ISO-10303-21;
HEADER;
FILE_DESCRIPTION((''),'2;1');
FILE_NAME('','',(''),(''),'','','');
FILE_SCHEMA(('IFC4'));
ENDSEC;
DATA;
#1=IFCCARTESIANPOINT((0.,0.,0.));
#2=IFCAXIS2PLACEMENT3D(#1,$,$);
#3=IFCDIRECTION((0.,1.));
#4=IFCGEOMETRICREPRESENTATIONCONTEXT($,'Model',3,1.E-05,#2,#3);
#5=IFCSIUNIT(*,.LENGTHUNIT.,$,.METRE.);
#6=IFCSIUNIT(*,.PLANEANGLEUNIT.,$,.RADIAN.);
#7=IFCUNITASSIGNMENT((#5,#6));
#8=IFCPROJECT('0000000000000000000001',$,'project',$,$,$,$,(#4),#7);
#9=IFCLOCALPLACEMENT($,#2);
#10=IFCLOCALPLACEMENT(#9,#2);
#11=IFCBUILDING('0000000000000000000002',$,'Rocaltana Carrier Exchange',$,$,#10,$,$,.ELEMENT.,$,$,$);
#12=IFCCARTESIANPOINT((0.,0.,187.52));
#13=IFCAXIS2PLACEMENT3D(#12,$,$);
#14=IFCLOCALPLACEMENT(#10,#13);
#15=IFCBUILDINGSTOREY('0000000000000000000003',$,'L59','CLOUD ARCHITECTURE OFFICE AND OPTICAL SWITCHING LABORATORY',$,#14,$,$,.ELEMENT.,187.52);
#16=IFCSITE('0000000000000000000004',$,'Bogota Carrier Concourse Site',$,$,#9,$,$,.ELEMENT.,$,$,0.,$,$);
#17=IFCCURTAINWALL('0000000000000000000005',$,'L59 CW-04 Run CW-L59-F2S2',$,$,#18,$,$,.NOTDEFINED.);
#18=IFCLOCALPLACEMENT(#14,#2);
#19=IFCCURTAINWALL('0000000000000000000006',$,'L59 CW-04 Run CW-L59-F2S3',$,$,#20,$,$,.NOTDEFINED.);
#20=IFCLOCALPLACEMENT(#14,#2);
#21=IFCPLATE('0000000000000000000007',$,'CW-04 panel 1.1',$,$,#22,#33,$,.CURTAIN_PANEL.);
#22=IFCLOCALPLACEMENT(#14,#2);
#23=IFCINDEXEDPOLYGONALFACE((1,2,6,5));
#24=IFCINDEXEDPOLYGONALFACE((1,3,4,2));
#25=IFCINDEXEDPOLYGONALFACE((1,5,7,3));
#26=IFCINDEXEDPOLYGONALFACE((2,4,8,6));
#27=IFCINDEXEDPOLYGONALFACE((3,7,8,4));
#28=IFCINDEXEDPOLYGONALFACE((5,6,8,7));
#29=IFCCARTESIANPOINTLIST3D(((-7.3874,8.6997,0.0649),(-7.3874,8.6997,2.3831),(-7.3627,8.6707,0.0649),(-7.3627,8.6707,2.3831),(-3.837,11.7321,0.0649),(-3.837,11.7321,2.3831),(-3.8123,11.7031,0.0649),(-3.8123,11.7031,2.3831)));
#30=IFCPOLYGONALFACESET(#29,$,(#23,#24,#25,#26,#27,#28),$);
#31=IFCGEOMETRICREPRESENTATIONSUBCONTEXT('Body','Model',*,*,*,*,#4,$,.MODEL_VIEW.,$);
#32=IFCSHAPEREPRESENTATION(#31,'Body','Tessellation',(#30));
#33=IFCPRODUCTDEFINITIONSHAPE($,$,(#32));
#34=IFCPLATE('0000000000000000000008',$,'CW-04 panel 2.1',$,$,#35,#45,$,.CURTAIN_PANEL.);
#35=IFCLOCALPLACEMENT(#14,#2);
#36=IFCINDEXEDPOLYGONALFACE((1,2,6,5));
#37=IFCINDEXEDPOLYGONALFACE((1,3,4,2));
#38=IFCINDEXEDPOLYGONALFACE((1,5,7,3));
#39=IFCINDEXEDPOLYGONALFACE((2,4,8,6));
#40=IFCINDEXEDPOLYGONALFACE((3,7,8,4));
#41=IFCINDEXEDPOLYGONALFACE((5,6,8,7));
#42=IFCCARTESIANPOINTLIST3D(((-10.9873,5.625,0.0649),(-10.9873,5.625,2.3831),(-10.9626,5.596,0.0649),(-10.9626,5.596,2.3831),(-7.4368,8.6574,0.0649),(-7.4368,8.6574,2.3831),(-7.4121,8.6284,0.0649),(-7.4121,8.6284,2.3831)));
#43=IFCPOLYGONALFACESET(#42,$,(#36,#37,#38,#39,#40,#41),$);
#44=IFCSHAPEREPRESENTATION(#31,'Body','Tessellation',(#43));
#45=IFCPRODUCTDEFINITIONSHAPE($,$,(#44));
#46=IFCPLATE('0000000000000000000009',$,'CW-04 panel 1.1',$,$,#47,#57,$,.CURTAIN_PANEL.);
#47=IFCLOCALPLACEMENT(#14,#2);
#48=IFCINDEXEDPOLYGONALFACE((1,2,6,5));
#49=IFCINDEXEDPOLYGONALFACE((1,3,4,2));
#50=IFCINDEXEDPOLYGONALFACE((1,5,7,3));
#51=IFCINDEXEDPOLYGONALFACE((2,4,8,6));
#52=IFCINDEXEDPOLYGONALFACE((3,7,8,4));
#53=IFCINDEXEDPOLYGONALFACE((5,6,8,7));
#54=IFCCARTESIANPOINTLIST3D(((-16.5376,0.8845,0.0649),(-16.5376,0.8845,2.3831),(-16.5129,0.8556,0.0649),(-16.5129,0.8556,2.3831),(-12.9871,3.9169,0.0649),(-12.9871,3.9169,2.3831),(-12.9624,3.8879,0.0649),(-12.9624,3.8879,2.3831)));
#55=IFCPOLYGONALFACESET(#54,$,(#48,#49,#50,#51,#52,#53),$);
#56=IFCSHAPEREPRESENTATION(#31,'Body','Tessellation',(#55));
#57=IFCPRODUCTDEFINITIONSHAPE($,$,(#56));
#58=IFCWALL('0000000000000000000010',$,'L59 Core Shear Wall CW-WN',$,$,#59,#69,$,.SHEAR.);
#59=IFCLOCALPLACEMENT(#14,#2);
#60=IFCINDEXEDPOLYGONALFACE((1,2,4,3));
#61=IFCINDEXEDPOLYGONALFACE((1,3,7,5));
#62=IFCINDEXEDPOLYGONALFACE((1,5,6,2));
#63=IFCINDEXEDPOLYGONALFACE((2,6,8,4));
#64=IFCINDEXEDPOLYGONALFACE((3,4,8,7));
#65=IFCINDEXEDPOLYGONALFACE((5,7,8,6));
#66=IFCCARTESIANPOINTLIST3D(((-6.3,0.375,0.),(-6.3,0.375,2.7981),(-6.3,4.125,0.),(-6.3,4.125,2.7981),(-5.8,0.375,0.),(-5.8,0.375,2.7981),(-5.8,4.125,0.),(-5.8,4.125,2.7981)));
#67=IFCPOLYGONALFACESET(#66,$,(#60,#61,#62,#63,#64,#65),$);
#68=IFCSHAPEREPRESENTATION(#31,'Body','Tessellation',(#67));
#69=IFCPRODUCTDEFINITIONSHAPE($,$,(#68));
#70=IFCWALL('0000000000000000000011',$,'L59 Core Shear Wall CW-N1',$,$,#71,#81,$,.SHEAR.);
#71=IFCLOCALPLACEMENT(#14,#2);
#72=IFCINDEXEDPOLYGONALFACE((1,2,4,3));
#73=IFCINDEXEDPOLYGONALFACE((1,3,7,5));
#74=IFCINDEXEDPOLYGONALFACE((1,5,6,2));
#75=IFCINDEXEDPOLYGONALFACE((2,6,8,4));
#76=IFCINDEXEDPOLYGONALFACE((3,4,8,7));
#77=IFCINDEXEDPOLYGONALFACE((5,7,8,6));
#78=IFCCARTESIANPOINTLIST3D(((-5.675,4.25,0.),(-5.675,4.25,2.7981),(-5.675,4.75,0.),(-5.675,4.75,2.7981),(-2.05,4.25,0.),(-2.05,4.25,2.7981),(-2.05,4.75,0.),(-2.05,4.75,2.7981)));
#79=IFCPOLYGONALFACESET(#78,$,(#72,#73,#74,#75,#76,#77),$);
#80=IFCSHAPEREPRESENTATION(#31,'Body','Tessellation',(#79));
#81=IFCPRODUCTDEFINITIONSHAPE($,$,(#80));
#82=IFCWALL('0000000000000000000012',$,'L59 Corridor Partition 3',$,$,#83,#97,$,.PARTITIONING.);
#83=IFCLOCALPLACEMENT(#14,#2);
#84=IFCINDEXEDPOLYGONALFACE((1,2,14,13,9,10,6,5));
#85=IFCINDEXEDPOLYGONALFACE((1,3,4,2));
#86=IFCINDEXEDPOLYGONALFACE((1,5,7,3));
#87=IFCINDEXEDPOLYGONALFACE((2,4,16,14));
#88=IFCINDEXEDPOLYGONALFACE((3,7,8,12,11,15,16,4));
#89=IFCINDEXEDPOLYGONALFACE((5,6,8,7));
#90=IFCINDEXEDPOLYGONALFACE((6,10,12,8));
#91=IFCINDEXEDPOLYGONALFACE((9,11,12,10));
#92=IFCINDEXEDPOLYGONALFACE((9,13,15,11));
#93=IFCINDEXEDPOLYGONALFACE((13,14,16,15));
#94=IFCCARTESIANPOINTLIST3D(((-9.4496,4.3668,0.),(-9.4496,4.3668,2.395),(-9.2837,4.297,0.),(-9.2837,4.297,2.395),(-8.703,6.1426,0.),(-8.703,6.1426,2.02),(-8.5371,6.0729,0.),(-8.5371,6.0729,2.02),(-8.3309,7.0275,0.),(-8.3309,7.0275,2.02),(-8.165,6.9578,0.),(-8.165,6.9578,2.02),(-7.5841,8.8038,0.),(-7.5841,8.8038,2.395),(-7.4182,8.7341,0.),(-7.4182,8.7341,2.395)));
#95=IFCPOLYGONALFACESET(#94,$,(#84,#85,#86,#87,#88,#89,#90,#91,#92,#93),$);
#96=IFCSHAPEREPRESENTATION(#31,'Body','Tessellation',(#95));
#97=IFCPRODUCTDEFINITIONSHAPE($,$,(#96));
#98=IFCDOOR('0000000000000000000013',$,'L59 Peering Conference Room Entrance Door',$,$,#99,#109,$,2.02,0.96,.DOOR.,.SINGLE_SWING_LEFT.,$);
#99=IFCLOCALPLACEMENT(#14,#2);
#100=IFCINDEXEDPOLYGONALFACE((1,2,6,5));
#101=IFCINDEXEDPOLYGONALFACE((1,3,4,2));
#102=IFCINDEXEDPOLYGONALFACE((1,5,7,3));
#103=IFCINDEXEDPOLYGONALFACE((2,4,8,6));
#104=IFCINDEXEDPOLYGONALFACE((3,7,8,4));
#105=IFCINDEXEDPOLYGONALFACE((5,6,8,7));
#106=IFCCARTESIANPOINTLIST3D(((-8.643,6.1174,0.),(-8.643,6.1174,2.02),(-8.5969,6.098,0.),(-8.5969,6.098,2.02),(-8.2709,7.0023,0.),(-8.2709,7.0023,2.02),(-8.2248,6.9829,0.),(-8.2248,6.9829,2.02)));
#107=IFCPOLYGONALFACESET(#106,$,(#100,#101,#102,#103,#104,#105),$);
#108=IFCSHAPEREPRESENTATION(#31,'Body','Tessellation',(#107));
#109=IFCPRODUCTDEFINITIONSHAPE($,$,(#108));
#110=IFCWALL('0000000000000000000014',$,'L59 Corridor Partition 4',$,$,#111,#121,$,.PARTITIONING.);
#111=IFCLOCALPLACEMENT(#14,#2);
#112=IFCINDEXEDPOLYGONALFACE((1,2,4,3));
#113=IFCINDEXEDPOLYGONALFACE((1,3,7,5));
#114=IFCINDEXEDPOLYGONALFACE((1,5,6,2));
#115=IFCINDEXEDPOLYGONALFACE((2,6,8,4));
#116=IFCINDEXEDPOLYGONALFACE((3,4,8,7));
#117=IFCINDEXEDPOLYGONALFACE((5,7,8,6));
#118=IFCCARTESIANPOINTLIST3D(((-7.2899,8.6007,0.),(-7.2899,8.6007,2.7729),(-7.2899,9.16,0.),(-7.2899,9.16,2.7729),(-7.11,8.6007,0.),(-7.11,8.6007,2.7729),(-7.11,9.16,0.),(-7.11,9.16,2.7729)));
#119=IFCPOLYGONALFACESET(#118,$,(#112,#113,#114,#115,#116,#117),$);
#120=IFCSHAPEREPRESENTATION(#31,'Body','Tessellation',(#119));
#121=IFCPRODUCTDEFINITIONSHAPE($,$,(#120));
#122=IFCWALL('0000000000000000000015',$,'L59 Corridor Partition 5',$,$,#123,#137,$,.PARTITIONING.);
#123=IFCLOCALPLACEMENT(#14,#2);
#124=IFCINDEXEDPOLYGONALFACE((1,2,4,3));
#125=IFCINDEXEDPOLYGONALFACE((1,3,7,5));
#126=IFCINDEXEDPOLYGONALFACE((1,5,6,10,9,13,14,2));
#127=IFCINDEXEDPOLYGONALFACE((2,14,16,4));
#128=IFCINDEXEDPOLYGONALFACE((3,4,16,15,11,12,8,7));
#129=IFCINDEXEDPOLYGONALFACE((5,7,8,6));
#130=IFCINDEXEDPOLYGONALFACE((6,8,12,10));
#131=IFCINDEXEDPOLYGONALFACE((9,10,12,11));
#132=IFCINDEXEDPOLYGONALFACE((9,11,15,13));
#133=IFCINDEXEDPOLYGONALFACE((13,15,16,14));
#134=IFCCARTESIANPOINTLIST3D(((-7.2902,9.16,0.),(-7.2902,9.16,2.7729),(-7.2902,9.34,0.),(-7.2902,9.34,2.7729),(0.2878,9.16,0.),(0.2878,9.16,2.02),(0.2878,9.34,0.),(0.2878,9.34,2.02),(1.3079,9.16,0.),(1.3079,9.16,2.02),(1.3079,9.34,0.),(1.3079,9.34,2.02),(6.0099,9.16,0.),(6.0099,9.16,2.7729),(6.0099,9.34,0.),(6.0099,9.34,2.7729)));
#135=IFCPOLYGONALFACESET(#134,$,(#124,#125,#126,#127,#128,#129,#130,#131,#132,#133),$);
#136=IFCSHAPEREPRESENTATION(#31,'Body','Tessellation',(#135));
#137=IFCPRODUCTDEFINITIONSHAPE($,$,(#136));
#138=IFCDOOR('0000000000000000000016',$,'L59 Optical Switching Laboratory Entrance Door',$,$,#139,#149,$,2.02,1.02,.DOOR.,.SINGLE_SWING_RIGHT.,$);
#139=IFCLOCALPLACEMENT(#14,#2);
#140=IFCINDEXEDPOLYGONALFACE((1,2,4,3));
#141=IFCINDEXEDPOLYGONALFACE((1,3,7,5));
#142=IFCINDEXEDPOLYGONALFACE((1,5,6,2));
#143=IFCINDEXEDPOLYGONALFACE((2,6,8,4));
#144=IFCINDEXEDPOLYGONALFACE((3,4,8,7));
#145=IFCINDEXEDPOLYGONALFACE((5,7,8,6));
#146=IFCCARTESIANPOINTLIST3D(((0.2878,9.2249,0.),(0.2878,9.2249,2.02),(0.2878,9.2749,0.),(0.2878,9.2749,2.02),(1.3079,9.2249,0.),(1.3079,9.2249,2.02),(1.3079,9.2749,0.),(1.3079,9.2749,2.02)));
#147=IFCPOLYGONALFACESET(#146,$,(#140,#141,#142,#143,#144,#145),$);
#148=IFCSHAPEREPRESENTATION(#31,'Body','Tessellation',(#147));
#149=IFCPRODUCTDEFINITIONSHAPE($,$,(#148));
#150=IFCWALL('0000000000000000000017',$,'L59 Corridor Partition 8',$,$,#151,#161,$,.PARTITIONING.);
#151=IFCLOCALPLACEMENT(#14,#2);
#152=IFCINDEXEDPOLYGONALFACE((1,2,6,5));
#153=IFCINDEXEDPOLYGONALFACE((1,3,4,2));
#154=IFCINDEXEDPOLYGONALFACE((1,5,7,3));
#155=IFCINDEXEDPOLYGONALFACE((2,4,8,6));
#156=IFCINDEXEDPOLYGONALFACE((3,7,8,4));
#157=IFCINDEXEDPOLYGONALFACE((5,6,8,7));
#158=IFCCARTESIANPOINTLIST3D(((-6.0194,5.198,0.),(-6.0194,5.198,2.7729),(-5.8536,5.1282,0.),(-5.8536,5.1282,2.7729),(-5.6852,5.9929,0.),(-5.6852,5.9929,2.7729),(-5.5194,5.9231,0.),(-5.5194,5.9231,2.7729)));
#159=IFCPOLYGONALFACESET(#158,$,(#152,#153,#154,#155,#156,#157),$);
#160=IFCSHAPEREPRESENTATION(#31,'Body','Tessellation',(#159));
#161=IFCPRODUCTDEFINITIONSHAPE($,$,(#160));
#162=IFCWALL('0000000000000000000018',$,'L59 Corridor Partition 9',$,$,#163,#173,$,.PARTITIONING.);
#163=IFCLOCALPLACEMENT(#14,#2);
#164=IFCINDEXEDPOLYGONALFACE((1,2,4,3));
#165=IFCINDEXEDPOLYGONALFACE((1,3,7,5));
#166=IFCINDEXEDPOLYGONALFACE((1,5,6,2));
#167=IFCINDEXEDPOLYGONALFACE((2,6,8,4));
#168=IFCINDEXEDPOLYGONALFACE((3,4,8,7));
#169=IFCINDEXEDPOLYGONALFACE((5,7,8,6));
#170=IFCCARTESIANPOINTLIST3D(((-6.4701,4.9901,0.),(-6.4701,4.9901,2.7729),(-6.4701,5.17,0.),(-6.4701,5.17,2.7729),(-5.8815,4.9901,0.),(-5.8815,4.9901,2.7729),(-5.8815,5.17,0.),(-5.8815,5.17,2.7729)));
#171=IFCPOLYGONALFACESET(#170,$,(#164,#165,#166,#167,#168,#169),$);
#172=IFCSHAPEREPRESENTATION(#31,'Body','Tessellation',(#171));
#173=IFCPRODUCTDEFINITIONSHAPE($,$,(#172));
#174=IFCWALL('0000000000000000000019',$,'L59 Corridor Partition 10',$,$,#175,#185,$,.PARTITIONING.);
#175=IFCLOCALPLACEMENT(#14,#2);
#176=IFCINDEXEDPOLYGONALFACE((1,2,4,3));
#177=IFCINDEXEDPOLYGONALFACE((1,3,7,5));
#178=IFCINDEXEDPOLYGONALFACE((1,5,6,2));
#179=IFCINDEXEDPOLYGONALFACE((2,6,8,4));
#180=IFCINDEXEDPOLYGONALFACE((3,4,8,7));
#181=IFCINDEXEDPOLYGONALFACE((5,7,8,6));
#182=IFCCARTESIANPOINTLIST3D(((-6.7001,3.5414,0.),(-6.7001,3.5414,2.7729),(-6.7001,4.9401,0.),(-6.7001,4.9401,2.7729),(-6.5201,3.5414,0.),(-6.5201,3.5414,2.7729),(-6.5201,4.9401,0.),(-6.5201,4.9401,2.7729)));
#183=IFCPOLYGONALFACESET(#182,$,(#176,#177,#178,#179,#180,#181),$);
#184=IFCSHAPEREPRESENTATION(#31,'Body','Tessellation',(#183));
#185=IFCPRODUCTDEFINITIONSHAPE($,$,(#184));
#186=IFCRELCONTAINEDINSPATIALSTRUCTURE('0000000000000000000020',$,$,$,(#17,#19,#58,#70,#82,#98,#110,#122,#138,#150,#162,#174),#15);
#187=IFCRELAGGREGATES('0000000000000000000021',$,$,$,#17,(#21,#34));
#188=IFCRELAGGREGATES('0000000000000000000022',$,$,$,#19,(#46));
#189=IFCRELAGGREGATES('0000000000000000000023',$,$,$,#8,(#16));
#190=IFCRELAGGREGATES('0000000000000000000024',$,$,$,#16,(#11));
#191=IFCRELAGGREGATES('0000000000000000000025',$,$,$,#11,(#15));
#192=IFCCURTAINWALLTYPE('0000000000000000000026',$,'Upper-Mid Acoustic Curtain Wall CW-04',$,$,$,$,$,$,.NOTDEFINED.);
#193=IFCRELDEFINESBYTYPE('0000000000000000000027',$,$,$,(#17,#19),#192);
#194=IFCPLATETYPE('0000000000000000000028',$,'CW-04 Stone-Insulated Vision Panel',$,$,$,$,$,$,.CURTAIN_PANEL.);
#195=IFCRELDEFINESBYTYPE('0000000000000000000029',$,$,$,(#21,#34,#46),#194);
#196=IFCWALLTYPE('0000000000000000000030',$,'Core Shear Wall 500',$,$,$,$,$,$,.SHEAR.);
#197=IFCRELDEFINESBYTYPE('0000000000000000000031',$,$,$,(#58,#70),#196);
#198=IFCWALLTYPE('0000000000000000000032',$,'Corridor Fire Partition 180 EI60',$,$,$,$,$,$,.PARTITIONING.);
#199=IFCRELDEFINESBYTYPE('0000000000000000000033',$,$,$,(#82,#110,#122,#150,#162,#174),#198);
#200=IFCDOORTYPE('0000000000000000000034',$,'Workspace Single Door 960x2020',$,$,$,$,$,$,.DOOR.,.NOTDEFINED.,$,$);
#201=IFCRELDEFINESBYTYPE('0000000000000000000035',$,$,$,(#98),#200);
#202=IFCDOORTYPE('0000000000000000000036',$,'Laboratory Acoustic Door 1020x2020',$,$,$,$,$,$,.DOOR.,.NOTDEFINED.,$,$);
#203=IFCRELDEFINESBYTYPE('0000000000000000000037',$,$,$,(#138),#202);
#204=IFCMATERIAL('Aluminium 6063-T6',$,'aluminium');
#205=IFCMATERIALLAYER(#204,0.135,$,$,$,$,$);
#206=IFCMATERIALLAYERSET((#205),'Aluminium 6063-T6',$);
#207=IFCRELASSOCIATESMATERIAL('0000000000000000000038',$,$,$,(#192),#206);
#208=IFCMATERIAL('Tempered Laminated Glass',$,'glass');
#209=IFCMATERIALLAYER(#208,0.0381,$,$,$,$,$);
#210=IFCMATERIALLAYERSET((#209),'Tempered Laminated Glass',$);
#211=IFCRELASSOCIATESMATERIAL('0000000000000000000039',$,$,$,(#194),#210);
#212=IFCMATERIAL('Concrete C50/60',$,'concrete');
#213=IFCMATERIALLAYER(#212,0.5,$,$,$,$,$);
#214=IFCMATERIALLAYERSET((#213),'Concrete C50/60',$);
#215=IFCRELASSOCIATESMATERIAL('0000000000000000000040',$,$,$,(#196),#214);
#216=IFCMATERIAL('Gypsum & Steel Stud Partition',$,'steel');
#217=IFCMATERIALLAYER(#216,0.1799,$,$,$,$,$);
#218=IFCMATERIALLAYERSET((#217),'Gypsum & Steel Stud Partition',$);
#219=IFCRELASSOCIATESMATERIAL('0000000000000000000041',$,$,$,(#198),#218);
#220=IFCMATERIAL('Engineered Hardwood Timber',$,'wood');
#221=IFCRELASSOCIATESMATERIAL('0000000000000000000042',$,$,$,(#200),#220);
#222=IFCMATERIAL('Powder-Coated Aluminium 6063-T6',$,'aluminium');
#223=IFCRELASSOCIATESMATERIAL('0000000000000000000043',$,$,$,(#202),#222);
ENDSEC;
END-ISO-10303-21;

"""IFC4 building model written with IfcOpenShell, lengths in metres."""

from ifc_helpers import new_model, si_unit, direction, frame, frame_2d, origin, origin_2d, place, context, subcontext, project, spatial, rectangle, extrude, material, layer, layer_set, type_object, element, fill, aggregate, save


model = new_model("IFC4")

# Units and contexts
model_context = context("Model", 3, precision=1e-05, world=origin(), true_north=direction((0.0, 1.0)))
body_context = subcontext(model_context, "Body", "Model", "MODEL_VIEW")
ifc_project = project(units=[si_unit("LENGTHUNIT", "METRE"), si_unit("PLANEANGLEUNIT", "RADIAN")], contexts=[model_context])

# Site, building, storey
site_placement = place(None, origin())
site = spatial("IfcSite", under=ifc_project, at=site_placement, Name="Bogota Carrier Concourse Site", CompositionType="ELEMENT", RefElevation=0.0)
building_placement = place(site_placement, origin())
building = spatial("IfcBuilding", under=site, at=building_placement, Name="Rocaltana Carrier Exchange", CompositionType="ELEMENT")
storey_placement = place(building_placement, frame((0.0, 0.0, 187.52)))
storey = spatial("IfcBuildingStorey", under=building, at=storey_placement, Name="L59", Description="CLOUD ARCHITECTURE OFFICE AND OPTICAL SWITCHING LABORATORY", CompositionType="ELEMENT", Elevation=187.52)

# Curtain walls
ifc_material_1 = material(Name="Aluminium 6063-T6", Category="aluminium")
ifc_layer_1 = layer(ifc_material_1, 0.135)
ifc_layer_set_1 = layer_set([ifc_layer_1], Name="Aluminium 6063-T6")
curtain_wall_type = type_object("IfcCurtainWallType", Name="Upper-Mid Acoustic Curtain Wall CW-04", PredefinedType="NOTDEFINED", material=ifc_layer_set_1)
curtain_wall_1_placement = place(storey_placement, origin())
curtain_wall_1 = element("IfcCurtainWall", 1, at=curtain_wall_1_placement, inside=storey, type_object=curtain_wall_type, Name="L59 CW-04 Run CW-L59-F2S2", PredefinedType="NOTDEFINED")
curtain_wall_2_placement = place(storey_placement, origin())
curtain_wall_2 = element("IfcCurtainWall", 2, at=curtain_wall_2_placement, inside=storey, type_object=curtain_wall_type, Name="L59 CW-04 Run CW-L59-F2S3", PredefinedType="NOTDEFINED")

# Plates
ifc_material_2 = material(Name="Tempered Laminated Glass", Category="glass")
ifc_layer_2 = layer(ifc_material_2, 0.0381)
ifc_layer_set_2 = layer_set([ifc_layer_2], Name="Tempered Laminated Glass")
plate_type = type_object("IfcPlateType", Name="CW-04 Stone-Insulated Vision Panel", PredefinedType="CURTAIN_PANEL", material=ifc_layer_set_2)
plate_1_placement = place(storey_placement, frame((-5.5999, 10.2014, 0.0649), z_axis=(0.0, 0.0, 1.0), x_axis=(-0.760401, -0.649454, 0.0)))
plate_1 = element("IfcPlate", 3, at=plate_1_placement, type_object=plate_type, Name="CW-04 panel 1.1", PredefinedType="CURTAIN_PANEL", context=body_context, shape_type="SweptSolid", body=[
    extrude(rectangle(XDim=4.6692, YDim=0.0381, at=origin_2d()), origin(), (0.0, 0.0, 1.0), 2.3181),
])
plate_2_placement = place(storey_placement, frame((-9.1997, 7.1267, 0.0649), z_axis=(0.0, 0.0, 1.0), x_axis=(-0.760401, -0.649454, 0.0)))
plate_2 = element("IfcPlate", 4, at=plate_2_placement, type_object=plate_type, Name="CW-04 panel 2.1", PredefinedType="CURTAIN_PANEL", context=body_context, shape_type="SweptSolid", body=[
    extrude(rectangle(XDim=4.6692, YDim=0.0381, at=origin_2d()), origin(), (0.0, 0.0, 1.0), 2.3181),
])
aggregate(curtain_wall_1, [plate_1, plate_2])
plate_3_placement = place(storey_placement, frame((-14.75, 2.3862, 0.0649), z_axis=(0.0, 0.0, 1.0), x_axis=(-0.760406, -0.649448, 0.0)))
plate_3 = element("IfcPlate", 5, at=plate_3_placement, type_object=plate_type, Name="CW-04 panel 1.1", PredefinedType="CURTAIN_PANEL", context=body_context, shape_type="SweptSolid", body=[
    extrude(rectangle(XDim=4.6692, YDim=0.0381, at=origin_2d()), origin(), (0.0, 0.0, 1.0), 2.3181),
])
aggregate(curtain_wall_2, [plate_3])

# Walls
ifc_material_3 = material(Name="Concrete C50/60", Category="concrete")
ifc_layer_3 = layer(ifc_material_3, 0.5)
ifc_layer_set_3 = layer_set([ifc_layer_3], Name="Concrete C50/60")
wall_type_1 = type_object("IfcWallType", Name="Core Shear Wall 500", PredefinedType="SHEAR", material=ifc_layer_set_3)
wall_1_placement = place(storey_placement, frame((-6.05, 0.375, 0.0), z_axis=(0.0, 0.0, 1.0), x_axis=(0.0, 1.0, 0.0)))
element("IfcWall", 6, at=wall_1_placement, inside=storey, type_object=wall_type_1, Name="L59 Core Shear Wall CW-WN", PredefinedType="SHEAR", context=body_context, shape_type="SweptSolid", body=[
    extrude(rectangle(XDim=3.75, YDim=0.5, at=frame_2d((1.875, 0.0))), origin(), (0.0, 0.0, 1.0), 2.7981),
])
wall_2_placement = place(storey_placement, frame((-5.675, 4.5, 0.0), z_axis=(0.0, 0.0, 1.0), x_axis=(1.0, 0.0, 0.0)))
element("IfcWall", 7, at=wall_2_placement, inside=storey, type_object=wall_type_1, Name="L59 Core Shear Wall CW-N1", PredefinedType="SHEAR", context=body_context, shape_type="SweptSolid", body=[
    extrude(rectangle(XDim=3.625, YDim=0.5, at=frame_2d((1.8125, 0.0))), origin(), (0.0, 0.0, 1.0), 2.7981),
])

# Wall, opening, door
ifc_material_4 = material(Name="Gypsum & Steel Stud Partition", Category="steel")
ifc_layer_4 = layer(ifc_material_4, 0.1799)
ifc_layer_set_4 = layer_set([ifc_layer_4], Name="Gypsum & Steel Stud Partition")
wall_type_2 = type_object("IfcWallType", Name="Corridor Fire Partition 180 EI60", PredefinedType="PARTITIONING", material=ifc_layer_set_4)
wall_3_placement = place(storey_placement, frame((-9.3667, 4.3318, 0.0), z_axis=(0.0, 0.0, 1.0), x_axis=(0.387574, 0.921839, 0.0)))
wall_3 = element("IfcWall", 8, at=wall_3_placement, inside=storey, type_object=wall_type_2, Name="L59 Corridor Partition 3", PredefinedType="PARTITIONING", context=body_context, shape_type="SweptSolid", body=[
    extrude(rectangle(XDim=4.8132, YDim=0.1799, at=frame_2d((2.4067, 0.0))), origin(), (0.0, 0.0, 1.0), 2.395),
])
opening_1_placement = place(wall_3_placement, frame((1.9265, 0.0, 0.0)))
opening_1 = element("IfcOpeningElement", 9, at=opening_1_placement, cuts=wall_3, PredefinedType="OPENING", context=body_context, shape_type="SweptSolid", body=[
    extrude(rectangle(XDim=0.96, YDim=2.02, at=frame_2d((0.48, 1.01))), frame((0.0, 0.0999, 0.0), z_axis=(0.0, -1.0, 0.0), x_axis=(1.0, 0.0, 0.0)), (0.0, 0.0, 1.0), 0.2),
])
ifc_material_5 = material(Name="Engineered Hardwood Timber", Category="wood")
door_type_1 = type_object("IfcDoorType", Name="Workspace Single Door 960x2020", OperationType="NOTDEFINED", PredefinedType="DOOR", material=ifc_material_5)
door_1_placement = place(opening_1_placement, origin())
door_1 = element("IfcDoor", 10, at=door_1_placement, inside=storey, type_object=door_type_1, Name="L59 Peering Conference Room Entrance Door", OperationType="SINGLE_SWING_LEFT", OverallHeight=2.02, OverallWidth=0.96, PredefinedType="DOOR", context=body_context, shape_type="SweptSolid", body=[
    extrude(rectangle(XDim=0.96, YDim=2.02, at=frame_2d((0.48, 1.01))), frame((0.0, 0.0249, 0.0), z_axis=(0.0, -1.0, 0.0), x_axis=(1.0, 0.0, 0.0)), (0.0, 0.0, 1.0), 0.05),
])
fill(opening_1, door_1)

# Wall
wall_4_placement = place(storey_placement, frame((-7.2, 8.6006, 0.0), z_axis=(0.0, 0.0, 1.0), x_axis=(0.0, 1.0, 0.0)))
element("IfcWall", 11, at=wall_4_placement, inside=storey, type_object=wall_type_2, Name="L59 Corridor Partition 4", PredefinedType="PARTITIONING", context=body_context, shape_type="SweptSolid", body=[
    extrude(rectangle(XDim=0.5593, YDim=0.1799, at=frame_2d((0.2798, 0.0))), origin(), (0.0, 0.0, 1.0), 2.7729),
])

# Wall, opening, door
wall_5_placement = place(storey_placement, frame((-7.29, 9.25, 0.0), z_axis=(0.0, 0.0, 1.0), x_axis=(1.0, 0.0, 0.0)))
wall_5 = element("IfcWall", 12, at=wall_5_placement, inside=storey, type_object=wall_type_2, Name="L59 Corridor Partition 5", PredefinedType="PARTITIONING", context=body_context, shape_type="SweptSolid", body=[
    extrude(rectangle(XDim=13.3, YDim=0.1799, at=frame_2d((6.6499, 0.0))), origin(), (0.0, 0.0, 1.0), 2.7729),
])
opening_2_placement = place(wall_5_placement, frame((7.5779, 0.0, 0.0)))
opening_2 = element("IfcOpeningElement", 13, at=opening_2_placement, cuts=wall_5, PredefinedType="OPENING", context=body_context, shape_type="SweptSolid", body=[
    extrude(rectangle(XDim=1.02, YDim=2.02, at=frame_2d((0.51, 1.01))), frame((0.0, 0.0999, 0.0), z_axis=(0.0, -1.0, 0.0), x_axis=(1.0, 0.0, 0.0)), (0.0, 0.0, 1.0), 0.2),
])
ifc_material_6 = material(Name="Powder-Coated Aluminium 6063-T6", Category="aluminium")
door_type_2 = type_object("IfcDoorType", Name="Laboratory Acoustic Door 1020x2020", OperationType="NOTDEFINED", PredefinedType="DOOR", material=ifc_material_6)
door_2_placement = place(opening_2_placement, origin())
door_2 = element("IfcDoor", 14, at=door_2_placement, inside=storey, type_object=door_type_2, Name="L59 Optical Switching Laboratory Entrance Door", OperationType="SINGLE_SWING_RIGHT", OverallHeight=2.02, OverallWidth=1.02, PredefinedType="DOOR", context=body_context, shape_type="SweptSolid", body=[
    extrude(rectangle(XDim=1.02, YDim=2.02, at=frame_2d((0.51, 1.01))), frame((0.0, 0.0249, 0.0), z_axis=(0.0, -1.0, 0.0), x_axis=(1.0, 0.0, 0.0)), (0.0, 0.0, 1.0), 0.05),
])
fill(opening_2, door_2)

# Walls
wall_6_placement = place(storey_placement, frame((-5.6023, 5.958, 0.0), z_axis=(0.0, 0.0, 1.0), x_axis=(-0.387589, -0.921832, 0.0)))
element("IfcWall", 15, at=wall_6_placement, inside=storey, type_object=wall_type_2, Name="L59 Corridor Partition 8", PredefinedType="PARTITIONING", context=body_context, shape_type="SweptSolid", body=[
    extrude(rectangle(XDim=0.8623, YDim=0.1799, at=frame_2d((0.4312, 0.0))), origin(), (0.0, 0.0, 1.0), 2.7729),
])
wall_7_placement = place(storey_placement, frame((-5.8813, 5.0801, 0.0), z_axis=(0.0, 0.0, 1.0), x_axis=(-1.0, 0.0, 0.0)))
element("IfcWall", 16, at=wall_7_placement, inside=storey, type_object=wall_type_2, Name="L59 Corridor Partition 9", PredefinedType="PARTITIONING", context=body_context, shape_type="SweptSolid", body=[
    extrude(rectangle(XDim=0.5886, YDim=0.1799, at=frame_2d((0.2944, 0.0))), origin(), (0.0, 0.0, 1.0), 2.7729),
])
wall_8_placement = place(storey_placement, frame((-6.6101, 4.9399, 0.0), z_axis=(0.0, 0.0, 1.0), x_axis=(0.0, -1.0, 0.0)))
element("IfcWall", 17, at=wall_8_placement, inside=storey, type_object=wall_type_2, Name="L59 Corridor Partition 10", PredefinedType="PARTITIONING", context=body_context, shape_type="SweptSolid", body=[
    extrude(rectangle(XDim=1.3987, YDim=0.1799, at=frame_2d((0.6992, 0.0))), origin(), (0.0, 0.0, 1.0), 2.7729),
])

save(model, "model.ifc")
